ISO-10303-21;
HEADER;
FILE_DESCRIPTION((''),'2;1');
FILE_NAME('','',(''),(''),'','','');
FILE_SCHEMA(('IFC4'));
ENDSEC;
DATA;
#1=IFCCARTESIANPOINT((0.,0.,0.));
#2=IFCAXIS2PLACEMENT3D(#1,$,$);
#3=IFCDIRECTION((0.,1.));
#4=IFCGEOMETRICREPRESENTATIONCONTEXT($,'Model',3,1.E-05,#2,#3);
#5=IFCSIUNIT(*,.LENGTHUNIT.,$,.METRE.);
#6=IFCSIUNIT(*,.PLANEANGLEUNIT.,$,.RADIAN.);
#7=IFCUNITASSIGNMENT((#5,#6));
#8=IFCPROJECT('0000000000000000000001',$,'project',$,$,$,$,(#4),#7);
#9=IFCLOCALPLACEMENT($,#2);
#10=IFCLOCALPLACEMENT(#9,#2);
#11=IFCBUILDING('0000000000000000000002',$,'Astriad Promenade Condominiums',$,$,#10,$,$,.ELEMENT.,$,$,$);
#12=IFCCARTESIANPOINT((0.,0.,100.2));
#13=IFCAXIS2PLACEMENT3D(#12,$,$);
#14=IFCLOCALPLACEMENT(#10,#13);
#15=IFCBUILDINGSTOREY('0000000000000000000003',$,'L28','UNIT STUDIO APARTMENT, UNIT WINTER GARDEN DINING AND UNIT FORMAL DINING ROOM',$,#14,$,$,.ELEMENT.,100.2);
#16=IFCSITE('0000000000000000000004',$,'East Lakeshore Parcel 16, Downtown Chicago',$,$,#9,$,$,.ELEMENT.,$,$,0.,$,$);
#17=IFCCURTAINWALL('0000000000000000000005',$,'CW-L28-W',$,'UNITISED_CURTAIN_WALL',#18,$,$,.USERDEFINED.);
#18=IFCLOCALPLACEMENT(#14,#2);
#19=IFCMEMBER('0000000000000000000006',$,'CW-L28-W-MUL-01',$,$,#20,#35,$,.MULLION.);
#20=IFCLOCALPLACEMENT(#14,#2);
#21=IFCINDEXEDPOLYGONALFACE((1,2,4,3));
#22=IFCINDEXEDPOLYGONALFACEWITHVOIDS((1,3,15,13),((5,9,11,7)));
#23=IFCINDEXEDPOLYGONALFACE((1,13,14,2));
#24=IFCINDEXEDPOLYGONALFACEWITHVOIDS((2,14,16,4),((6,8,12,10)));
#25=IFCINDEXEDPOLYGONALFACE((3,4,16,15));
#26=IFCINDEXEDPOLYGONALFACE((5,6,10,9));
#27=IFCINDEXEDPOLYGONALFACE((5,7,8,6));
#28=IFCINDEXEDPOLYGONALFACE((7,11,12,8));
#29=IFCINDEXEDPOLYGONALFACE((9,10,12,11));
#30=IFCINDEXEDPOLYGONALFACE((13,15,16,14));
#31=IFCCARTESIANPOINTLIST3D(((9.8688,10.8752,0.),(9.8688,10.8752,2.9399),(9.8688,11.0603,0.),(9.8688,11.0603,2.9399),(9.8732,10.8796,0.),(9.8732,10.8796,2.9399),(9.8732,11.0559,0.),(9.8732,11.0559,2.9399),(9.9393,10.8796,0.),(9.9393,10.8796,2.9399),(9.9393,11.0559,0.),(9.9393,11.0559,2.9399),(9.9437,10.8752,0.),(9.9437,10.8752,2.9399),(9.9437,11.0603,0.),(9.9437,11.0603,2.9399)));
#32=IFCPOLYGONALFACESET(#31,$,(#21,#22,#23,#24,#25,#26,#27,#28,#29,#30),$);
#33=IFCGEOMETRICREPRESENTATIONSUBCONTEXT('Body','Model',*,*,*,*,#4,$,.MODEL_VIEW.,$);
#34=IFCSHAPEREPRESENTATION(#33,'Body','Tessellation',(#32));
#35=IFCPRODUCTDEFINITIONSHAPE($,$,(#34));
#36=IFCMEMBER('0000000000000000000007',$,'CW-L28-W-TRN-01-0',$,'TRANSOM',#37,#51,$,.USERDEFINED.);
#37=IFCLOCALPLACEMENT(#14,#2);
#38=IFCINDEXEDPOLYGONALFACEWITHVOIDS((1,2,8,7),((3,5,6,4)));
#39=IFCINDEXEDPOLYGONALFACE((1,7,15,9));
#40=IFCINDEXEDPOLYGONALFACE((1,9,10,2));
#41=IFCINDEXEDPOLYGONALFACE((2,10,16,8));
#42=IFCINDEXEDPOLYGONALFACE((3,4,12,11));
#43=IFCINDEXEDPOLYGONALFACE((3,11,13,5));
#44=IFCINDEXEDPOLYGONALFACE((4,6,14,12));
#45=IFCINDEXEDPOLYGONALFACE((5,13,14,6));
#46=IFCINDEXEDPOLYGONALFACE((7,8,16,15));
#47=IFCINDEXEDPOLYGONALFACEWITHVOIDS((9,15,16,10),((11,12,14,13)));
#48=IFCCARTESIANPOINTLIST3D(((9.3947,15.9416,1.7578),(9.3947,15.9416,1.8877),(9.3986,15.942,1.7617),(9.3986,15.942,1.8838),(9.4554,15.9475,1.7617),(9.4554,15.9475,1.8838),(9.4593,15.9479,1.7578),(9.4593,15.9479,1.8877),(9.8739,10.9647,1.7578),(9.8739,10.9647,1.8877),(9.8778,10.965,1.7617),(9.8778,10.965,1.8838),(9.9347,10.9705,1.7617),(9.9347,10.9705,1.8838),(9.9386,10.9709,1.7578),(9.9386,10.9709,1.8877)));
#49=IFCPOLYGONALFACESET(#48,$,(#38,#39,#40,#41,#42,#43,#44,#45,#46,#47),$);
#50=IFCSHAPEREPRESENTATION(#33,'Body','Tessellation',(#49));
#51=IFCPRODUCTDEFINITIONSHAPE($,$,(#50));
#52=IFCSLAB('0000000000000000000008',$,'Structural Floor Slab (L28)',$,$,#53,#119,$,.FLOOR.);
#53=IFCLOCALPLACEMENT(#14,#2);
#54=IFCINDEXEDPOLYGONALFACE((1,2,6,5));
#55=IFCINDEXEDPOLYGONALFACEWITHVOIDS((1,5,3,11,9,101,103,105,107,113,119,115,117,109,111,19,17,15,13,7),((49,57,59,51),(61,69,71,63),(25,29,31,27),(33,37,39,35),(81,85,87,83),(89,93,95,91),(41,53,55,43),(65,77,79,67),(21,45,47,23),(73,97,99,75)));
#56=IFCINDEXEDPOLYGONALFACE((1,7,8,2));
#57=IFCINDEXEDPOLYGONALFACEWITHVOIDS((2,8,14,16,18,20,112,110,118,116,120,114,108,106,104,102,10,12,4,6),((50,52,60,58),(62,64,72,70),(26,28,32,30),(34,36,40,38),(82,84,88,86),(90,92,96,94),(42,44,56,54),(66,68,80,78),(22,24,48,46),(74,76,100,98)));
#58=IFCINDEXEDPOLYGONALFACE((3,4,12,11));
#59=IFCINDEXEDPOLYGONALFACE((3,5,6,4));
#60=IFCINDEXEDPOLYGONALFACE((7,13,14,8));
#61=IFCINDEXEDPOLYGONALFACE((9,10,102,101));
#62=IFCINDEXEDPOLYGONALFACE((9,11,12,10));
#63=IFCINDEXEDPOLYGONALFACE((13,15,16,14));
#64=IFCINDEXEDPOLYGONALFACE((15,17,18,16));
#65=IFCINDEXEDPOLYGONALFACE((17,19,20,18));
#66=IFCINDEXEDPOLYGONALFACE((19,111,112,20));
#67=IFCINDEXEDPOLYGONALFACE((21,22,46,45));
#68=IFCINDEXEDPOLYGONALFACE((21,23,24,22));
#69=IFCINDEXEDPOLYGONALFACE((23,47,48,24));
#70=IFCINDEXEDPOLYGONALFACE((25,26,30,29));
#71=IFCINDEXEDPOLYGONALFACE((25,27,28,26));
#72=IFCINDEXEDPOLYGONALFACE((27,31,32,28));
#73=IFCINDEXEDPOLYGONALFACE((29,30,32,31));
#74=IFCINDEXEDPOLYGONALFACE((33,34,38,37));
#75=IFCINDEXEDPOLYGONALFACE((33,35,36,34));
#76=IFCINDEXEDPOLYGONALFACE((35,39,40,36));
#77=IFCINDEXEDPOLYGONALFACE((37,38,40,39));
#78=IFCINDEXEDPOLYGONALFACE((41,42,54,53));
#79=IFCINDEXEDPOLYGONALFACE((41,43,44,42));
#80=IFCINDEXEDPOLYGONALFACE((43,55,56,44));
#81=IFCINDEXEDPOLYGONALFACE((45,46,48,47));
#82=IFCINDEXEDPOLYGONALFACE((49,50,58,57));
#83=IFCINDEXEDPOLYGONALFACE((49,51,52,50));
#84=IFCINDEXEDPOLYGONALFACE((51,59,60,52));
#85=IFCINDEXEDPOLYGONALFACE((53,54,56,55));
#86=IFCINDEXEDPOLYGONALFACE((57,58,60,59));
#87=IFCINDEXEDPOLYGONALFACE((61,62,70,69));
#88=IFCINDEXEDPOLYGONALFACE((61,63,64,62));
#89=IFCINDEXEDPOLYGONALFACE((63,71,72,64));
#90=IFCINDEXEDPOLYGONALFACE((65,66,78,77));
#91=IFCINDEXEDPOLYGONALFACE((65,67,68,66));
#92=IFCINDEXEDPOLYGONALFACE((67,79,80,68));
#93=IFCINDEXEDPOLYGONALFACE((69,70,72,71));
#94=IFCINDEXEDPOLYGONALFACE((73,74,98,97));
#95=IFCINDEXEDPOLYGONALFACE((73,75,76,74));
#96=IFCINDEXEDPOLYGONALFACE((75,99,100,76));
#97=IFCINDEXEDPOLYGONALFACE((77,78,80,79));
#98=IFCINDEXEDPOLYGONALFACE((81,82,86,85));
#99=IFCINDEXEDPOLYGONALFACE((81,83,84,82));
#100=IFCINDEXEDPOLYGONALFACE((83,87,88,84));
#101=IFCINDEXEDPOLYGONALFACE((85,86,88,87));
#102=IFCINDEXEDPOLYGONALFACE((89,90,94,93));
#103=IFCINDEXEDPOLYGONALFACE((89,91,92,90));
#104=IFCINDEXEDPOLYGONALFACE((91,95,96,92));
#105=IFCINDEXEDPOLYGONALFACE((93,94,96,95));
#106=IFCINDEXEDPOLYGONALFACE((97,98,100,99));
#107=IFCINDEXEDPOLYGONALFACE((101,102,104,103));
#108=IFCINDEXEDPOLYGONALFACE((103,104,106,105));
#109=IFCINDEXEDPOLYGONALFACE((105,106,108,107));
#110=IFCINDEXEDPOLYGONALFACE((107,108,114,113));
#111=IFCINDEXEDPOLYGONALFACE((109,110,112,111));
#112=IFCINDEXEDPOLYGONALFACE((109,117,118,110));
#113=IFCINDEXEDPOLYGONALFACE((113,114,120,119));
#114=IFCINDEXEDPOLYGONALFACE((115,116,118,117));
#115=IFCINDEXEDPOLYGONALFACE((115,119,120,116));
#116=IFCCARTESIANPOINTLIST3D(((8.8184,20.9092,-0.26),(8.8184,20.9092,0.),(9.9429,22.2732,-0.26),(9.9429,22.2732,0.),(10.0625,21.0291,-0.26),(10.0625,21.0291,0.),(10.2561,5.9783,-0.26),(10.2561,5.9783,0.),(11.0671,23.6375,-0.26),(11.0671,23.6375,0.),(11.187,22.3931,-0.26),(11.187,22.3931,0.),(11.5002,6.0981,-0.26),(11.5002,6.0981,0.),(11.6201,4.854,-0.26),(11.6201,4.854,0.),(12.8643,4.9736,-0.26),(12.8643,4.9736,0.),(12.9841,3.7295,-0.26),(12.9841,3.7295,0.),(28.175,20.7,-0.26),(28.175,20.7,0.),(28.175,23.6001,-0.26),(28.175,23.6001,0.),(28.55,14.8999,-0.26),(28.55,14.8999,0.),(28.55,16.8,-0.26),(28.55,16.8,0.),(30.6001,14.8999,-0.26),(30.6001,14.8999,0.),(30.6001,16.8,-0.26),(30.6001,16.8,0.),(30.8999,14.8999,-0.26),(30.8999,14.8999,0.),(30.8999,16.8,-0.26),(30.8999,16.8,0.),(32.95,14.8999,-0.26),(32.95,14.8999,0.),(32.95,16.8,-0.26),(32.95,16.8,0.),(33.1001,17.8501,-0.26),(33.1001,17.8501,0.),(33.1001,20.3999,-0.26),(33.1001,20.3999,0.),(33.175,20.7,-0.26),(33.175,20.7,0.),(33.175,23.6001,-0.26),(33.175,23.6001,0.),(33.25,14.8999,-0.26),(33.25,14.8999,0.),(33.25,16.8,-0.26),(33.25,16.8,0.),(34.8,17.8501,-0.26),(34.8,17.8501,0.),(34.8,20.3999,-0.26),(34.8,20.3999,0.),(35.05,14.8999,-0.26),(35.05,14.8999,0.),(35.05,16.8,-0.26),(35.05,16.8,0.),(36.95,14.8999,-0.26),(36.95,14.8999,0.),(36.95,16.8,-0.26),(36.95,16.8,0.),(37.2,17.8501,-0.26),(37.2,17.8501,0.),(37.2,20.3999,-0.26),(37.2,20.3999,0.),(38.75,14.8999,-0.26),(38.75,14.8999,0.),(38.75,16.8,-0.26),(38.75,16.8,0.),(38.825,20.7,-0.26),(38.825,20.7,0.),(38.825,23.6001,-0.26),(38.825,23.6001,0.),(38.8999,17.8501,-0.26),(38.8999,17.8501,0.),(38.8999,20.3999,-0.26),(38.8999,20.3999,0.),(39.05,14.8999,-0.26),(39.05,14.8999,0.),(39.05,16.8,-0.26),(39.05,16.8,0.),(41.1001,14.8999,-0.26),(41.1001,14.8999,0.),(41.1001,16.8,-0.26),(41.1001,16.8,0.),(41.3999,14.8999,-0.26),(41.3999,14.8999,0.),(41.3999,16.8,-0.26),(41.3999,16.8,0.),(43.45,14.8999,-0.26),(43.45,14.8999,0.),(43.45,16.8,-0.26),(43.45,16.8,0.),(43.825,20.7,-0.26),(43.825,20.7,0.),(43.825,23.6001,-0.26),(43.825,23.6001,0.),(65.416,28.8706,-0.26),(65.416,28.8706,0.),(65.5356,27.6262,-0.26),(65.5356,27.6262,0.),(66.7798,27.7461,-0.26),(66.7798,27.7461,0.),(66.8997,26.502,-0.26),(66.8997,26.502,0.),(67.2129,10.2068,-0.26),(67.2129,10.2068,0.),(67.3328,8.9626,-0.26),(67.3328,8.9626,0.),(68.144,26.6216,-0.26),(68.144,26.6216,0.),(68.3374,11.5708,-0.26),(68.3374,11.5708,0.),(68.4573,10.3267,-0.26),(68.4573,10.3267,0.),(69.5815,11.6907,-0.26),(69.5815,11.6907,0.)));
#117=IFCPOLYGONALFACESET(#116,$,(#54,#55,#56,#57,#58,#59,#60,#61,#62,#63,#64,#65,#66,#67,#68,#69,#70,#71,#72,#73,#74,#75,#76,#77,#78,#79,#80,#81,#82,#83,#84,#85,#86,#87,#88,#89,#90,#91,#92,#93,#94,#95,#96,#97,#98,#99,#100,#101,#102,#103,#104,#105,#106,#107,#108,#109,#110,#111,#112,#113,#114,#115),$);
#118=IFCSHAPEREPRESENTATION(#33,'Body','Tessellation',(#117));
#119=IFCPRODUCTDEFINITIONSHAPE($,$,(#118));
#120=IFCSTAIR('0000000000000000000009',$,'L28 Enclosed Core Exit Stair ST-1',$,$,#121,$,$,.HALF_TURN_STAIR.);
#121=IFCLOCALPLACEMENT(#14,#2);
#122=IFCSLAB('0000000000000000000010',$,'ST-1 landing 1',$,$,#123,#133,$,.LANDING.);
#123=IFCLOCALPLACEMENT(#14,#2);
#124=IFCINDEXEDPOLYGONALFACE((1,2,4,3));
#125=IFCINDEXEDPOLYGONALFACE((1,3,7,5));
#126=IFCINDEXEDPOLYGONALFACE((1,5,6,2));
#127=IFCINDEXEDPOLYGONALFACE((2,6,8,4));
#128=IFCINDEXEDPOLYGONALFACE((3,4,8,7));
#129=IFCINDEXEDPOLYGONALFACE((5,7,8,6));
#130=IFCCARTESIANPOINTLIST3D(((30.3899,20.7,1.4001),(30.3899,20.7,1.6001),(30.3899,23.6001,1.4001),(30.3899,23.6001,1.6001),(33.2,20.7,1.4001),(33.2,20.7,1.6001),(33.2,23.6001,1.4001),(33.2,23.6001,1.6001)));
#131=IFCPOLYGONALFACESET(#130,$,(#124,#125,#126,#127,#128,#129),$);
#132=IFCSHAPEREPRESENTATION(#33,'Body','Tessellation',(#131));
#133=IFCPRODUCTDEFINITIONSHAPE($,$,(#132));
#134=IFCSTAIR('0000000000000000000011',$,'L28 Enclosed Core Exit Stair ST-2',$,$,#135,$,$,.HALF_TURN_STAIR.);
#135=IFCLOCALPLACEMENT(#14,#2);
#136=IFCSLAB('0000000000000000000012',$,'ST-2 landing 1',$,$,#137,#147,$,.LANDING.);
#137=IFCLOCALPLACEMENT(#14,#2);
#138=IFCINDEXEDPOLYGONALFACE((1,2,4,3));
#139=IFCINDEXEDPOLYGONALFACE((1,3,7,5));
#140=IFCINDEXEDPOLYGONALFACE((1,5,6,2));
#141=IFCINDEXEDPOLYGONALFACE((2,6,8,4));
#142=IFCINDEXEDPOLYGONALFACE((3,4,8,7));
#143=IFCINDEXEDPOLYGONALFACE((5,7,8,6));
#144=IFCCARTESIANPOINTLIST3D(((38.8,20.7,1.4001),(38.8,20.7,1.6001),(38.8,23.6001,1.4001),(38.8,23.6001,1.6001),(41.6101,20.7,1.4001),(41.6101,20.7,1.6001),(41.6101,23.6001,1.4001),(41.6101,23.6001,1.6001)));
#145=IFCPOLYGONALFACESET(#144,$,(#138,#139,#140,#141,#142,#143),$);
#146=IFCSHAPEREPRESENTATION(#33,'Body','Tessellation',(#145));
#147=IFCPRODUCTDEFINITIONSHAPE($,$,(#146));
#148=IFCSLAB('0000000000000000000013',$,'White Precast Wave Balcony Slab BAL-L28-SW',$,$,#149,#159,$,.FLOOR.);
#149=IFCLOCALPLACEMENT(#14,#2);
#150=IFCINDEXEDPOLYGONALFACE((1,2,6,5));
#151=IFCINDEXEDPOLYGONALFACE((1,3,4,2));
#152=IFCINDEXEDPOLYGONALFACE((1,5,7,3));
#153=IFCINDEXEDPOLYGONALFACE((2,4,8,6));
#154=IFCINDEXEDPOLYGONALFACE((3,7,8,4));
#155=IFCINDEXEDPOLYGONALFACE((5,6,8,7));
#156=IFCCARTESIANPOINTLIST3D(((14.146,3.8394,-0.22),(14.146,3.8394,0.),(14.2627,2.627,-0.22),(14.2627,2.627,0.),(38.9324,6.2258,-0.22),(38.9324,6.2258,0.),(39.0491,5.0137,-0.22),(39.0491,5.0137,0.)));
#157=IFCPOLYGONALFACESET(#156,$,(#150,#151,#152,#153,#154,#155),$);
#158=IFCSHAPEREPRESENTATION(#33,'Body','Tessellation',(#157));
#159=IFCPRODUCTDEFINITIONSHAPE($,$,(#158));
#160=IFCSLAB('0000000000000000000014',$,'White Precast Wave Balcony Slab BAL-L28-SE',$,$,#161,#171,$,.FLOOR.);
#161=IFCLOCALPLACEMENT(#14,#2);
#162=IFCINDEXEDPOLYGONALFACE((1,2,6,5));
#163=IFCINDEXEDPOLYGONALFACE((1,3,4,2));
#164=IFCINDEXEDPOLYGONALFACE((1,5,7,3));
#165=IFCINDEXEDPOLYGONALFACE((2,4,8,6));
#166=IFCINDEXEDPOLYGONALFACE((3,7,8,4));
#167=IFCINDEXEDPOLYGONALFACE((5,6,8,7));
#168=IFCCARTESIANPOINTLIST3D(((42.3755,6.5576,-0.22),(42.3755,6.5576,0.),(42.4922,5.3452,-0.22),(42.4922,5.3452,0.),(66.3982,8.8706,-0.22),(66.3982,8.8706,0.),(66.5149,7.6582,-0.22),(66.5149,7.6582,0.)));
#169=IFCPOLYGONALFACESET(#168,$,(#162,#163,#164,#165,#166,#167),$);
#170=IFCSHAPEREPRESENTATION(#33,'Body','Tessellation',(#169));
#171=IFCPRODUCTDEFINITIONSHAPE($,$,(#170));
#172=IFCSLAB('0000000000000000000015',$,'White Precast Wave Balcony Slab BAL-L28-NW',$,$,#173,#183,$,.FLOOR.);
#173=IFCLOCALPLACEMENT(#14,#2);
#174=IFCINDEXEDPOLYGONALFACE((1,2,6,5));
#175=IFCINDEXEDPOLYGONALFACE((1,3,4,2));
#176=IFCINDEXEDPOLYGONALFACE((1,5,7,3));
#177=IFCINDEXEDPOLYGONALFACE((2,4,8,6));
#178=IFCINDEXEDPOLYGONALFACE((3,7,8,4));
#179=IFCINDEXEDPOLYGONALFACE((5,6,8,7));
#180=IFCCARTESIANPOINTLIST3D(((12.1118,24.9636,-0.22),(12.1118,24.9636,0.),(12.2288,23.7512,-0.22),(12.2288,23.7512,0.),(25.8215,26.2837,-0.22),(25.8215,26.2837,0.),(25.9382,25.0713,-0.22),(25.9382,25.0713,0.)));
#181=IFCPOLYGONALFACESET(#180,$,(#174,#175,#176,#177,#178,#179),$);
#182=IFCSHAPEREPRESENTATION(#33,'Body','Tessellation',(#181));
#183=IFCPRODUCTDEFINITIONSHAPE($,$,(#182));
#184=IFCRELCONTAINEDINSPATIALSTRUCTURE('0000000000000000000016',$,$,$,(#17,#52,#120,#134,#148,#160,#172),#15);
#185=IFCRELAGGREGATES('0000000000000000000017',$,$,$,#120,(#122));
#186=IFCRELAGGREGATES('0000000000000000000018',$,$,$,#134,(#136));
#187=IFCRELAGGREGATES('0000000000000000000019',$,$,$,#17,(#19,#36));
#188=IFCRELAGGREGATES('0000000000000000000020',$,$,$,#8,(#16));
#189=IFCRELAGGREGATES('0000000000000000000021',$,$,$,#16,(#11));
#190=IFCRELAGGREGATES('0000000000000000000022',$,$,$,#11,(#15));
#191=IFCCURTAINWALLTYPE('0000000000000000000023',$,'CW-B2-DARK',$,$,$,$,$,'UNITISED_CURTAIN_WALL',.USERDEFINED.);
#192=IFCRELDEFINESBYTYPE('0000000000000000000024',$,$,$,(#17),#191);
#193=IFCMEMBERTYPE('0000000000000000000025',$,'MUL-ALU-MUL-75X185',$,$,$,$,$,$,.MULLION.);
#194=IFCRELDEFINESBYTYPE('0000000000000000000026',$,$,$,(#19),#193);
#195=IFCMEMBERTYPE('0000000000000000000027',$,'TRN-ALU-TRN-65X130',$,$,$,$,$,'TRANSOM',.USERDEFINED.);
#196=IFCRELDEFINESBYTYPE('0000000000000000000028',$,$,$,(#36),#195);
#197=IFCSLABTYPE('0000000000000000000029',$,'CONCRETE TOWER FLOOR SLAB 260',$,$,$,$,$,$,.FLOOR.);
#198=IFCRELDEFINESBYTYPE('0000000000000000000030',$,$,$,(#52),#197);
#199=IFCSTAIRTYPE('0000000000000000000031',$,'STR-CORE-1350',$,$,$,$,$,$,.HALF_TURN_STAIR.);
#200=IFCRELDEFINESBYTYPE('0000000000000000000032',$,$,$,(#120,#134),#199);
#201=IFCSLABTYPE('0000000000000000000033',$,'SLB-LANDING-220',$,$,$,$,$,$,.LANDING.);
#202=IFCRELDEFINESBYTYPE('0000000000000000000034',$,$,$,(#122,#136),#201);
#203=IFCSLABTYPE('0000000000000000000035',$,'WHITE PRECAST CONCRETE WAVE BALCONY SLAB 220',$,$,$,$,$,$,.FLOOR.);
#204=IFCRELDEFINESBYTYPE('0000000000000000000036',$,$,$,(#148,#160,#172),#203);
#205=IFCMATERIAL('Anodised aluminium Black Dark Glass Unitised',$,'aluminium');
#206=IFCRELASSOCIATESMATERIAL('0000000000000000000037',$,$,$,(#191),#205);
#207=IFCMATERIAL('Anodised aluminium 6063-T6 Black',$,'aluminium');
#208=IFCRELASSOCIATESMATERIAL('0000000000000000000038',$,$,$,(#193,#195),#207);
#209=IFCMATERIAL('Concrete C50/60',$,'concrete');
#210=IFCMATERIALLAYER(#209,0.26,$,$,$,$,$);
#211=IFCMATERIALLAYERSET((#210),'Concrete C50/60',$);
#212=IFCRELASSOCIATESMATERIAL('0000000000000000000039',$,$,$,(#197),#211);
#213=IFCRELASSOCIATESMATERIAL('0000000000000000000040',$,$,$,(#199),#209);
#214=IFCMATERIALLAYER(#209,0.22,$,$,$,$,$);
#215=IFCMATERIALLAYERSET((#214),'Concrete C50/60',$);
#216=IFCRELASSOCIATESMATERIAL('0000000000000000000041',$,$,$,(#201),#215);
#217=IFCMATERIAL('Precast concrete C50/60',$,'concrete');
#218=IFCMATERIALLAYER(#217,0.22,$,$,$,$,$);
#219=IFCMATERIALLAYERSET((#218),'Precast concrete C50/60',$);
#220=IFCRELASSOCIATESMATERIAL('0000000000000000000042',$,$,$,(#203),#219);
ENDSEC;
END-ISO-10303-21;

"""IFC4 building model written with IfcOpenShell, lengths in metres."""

from ifc_helpers import new_model, si_unit, direction, frame, origin, origin_2d, place, context, subcontext, project, spatial, polyline, hollow_rectangle, outline, extrude, source, transform, mapped, material, layer, layer_set, material_profile, profile_set, type_object, type_shapes, element, aggregate, save


model = new_model("IFC4")

# Units and contexts
model_context = context("Model", 3, precision=1e-05, world=origin(), true_north=direction((0.0, 1.0)))
body_context = subcontext(model_context, "Body", "Model", "MODEL_VIEW")
ifc_project = project(units=[si_unit("LENGTHUNIT", "METRE"), si_unit("PLANEANGLEUNIT", "RADIAN")], contexts=[model_context])

# Site, building, storey
site_placement = place(None, origin())
site = spatial("IfcSite", under=ifc_project, at=site_placement, Name="East Lakeshore Parcel 16, Downtown Chicago", CompositionType="ELEMENT", RefElevation=0.0)
building_placement = place(site_placement, origin())
building = spatial("IfcBuilding", under=site, at=building_placement, Name="Astriad Promenade Condominiums", CompositionType="ELEMENT")
storey_placement = place(building_placement, frame((0.0, 0.0, 100.2)))
storey = spatial("IfcBuildingStorey", under=building, at=storey_placement, Name="L28", Description="UNIT STUDIO APARTMENT, UNIT WINTER GARDEN DINING AND UNIT FORMAL DINING ROOM", CompositionType="ELEMENT", Elevation=100.2)

# Curtain wall, members
ifc_material_1 = material(Name="Anodised aluminium Black Dark Glass Unitised", Category="aluminium")
curtain_wall_type = type_object("IfcCurtainWallType", Name="CW-B2-DARK", ElementType="UNITISED_CURTAIN_WALL", PredefinedType="USERDEFINED", material=ifc_material_1)
curtain_wall_placement = place(storey_placement, origin())
curtain_wall = element("IfcCurtainWall", 1, at=curtain_wall_placement, inside=storey, type_object=curtain_wall_type, Name="CW-L28-W", ObjectType="UNITISED_CURTAIN_WALL", PredefinedType="USERDEFINED")
ifc_material_2 = material(Name="Anodised aluminium 6063-T6 Black", Category="aluminium")
ifc_material_profile_1 = material_profile(ifc_material_2, hollow_rectangle(XDim=0.075, YDim=0.1851, WallThickness=0.0044, at=origin_2d()), Name="ALU-MUL-75X185")
ifc_profile_set_1 = profile_set([ifc_material_profile_1], Name="Anodised aluminium 6063-T6 Black")
member_type_1 = type_object("IfcMemberType", Name="MUL-ALU-MUL-75X185", PredefinedType="MULLION", material=ifc_profile_set_1)
shared_shape_1 = source(origin(), body_context, "Body", "SweptSolid", [
    extrude(hollow_rectangle(XDim=0.075, YDim=0.1851, WallThickness=0.0044, at=origin_2d()), origin(), (0.0, 0.0, 1.0), 2.9399),
])
type_shapes(member_type_1, [shared_shape_1])
member_1_placement = place(storey_placement, frame((9.9062, 10.9678, 0.0), z_axis=(0.0, 0.0, 1.0), x_axis=(1.0, 0.0, 0.0)))
member_1 = element("IfcMember", 2, at=member_1_placement, type_object=member_type_1, Name="CW-L28-W-MUL-01", PredefinedType="MULLION", context=body_context, shape_type="MappedRepresentation", body=[
    mapped(shared_shape_1, transform((0.0, 0.0, 0.0), scale=1.0)),
])
ifc_material_profile_2 = material_profile(ifc_material_2, hollow_rectangle(XDim=0.0649, YDim=0.1299, WallThickness=0.0039, at=origin_2d()), Name="ALU-TRN-65X130")
ifc_profile_set_2 = profile_set([ifc_material_profile_2], Name="Anodised aluminium 6063-T6 Black")
member_type_2 = type_object("IfcMemberType", Name="TRN-ALU-TRN-65X130", ElementType="TRANSOM", PredefinedType="USERDEFINED", material=ifc_profile_set_2)
shared_shape_2 = source(origin(), body_context, "Body", "SweptSolid", [
    extrude(hollow_rectangle(XDim=0.0649, YDim=0.1299, WallThickness=0.0039, at=origin_2d()), origin(), (0.0, 0.0, 1.0), 5.0),
])
type_shapes(member_type_2, [shared_shape_2])
member_2_placement = place(storey_placement, frame((9.9062, 10.9678, 1.8228), z_axis=(-0.095848, 0.995396, 0.0), x_axis=(-0.995396, -0.095848, 0.0)))
member_2 = element("IfcMember", 3, at=member_2_placement, type_object=member_type_2, Name="CW-L28-W-TRN-01-0", ObjectType="TRANSOM", PredefinedType="USERDEFINED", context=body_context, shape_type="MappedRepresentation", body=[
    mapped(shared_shape_2, transform((0.0, 0.0, 0.0), scale=1.0)),
])

# Slab
ifc_material_3 = material(Name="Concrete C50/60", Category="concrete")
ifc_layer_1 = layer(ifc_material_3, 0.26)
ifc_layer_set_1 = layer_set([ifc_layer_1], Name="Concrete C50/60")
slab_type_1 = type_object("IfcSlabType", Name="CONCRETE TOWER FLOOR SLAB 260", PredefinedType="FLOOR", material=ifc_layer_set_1)
slab_1_placement = place(storey_placement, frame((0.0, 0.0, -0.26)))
element("IfcSlab", 4, at=slab_1_placement, inside=storey, type_object=slab_type_1, Name="Structural Floor Slab (L28)", PredefinedType="FLOOR", context=body_context, shape_type="SweptSolid", body=[
    extrude(outline(polyline([(12.9841, 3.7295), (67.3328, 8.9626), (67.2129, 10.2068), (68.4573, 10.3267), (68.3374, 11.5708), (69.5815, 11.6907), (68.144, 26.6216), (66.8997, 26.502), (66.7798, 27.7461), (65.5356, 27.6262), (65.416, 28.8706), (11.0671, 23.6375), (11.187, 22.3931), (9.9429, 22.2732), (10.0625, 21.0291), (8.8184, 20.9092), (10.2561, 5.9783), (11.5002, 6.0981), (11.6201, 4.854), (12.8643, 4.9736), (12.9841, 3.7295)]), holes=[polyline([(28.175, 20.7), (33.175, 20.7), (33.175, 23.6001), (28.175, 23.6001), (28.175, 20.7)]), polyline([(38.825, 20.7), (43.825, 20.7), (43.825, 23.6001), (38.825, 23.6001), (38.825, 20.7)]), polyline([(33.1001, 17.8501), (34.8, 17.8501), (34.8, 20.3999), (33.1001, 20.3999), (33.1001, 17.8501)]), polyline([(37.2, 17.8501), (38.8999, 17.8501), (38.8999, 20.3999), (37.2, 20.3999), (37.2, 17.8501)]), polyline([(28.55, 14.8999), (30.6001, 14.8999), (30.6001, 16.8), (28.55, 16.8), (28.55, 14.8999)]), polyline([(30.8999, 14.8999), (32.95, 14.8999), (32.95, 16.8), (30.8999, 16.8), (30.8999, 14.8999)]), polyline([(33.25, 14.8999), (35.05, 14.8999), (35.05, 16.8), (33.25, 16.8), (33.25, 14.8999)]), polyline([(36.95, 14.8999), (38.75, 14.8999), (38.75, 16.8), (36.95, 16.8), (36.95, 14.8999)]), polyline([(39.05, 14.8999), (41.1001, 14.8999), (41.1001, 16.8), (39.05, 16.8), (39.05, 14.8999)]), polyline([(41.3999, 14.8999), (43.45, 14.8999), (43.45, 16.8), (41.3999, 16.8), (41.3999, 14.8999)])]), origin(), (0.0, 0.0, 1.0), 0.26),
])

# Stairs, slabs
stair_type = type_object("IfcStairType", Name="STR-CORE-1350", PredefinedType="HALF_TURN_STAIR", material=ifc_material_3)
stair_1_placement = place(storey_placement, origin())
stair_1 = element("IfcStair", 5, at=stair_1_placement, inside=storey, type_object=stair_type, Name="L28 Enclosed Core Exit Stair ST-1", PredefinedType="HALF_TURN_STAIR")
ifc_layer_2 = layer(ifc_material_3, 0.22)
ifc_layer_set_2 = layer_set([ifc_layer_2], Name="Concrete C50/60")
slab_type_2 = type_object("IfcSlabType", Name="SLB-LANDING-220", PredefinedType="LANDING", material=ifc_layer_set_2)
slab_2_placement = place(storey_placement, frame((0.0, 0.0, 1.4001)))
slab_2 = element("IfcSlab", 6, at=slab_2_placement, type_object=slab_type_2, Name="ST-1 landing 1", PredefinedType="LANDING", context=body_context, shape_type="SweptSolid", body=[
    extrude(outline(polyline([(30.3899, 20.7), (33.2, 20.7), (33.2, 23.6001), (30.3899, 23.6001), (30.3899, 20.7)])), origin(), (0.0, 0.0, 1.0), 0.2),
])
aggregate(stair_1, [slab_2])
stair_2_placement = place(storey_placement, origin())
stair_2 = element("IfcStair", 7, at=stair_2_placement, inside=storey, type_object=stair_type, Name="L28 Enclosed Core Exit Stair ST-2", PredefinedType="HALF_TURN_STAIR")
slab_3_placement = place(storey_placement, frame((0.0, 0.0, 1.4001)))
slab_3 = element("IfcSlab", 8, at=slab_3_placement, type_object=slab_type_2, Name="ST-2 landing 1", PredefinedType="LANDING", context=body_context, shape_type="SweptSolid", body=[
    extrude(outline(polyline([(41.6101, 23.6001), (38.8, 23.6001), (38.8, 20.7), (41.6101, 20.7), (41.6101, 23.6001)])), origin(), (0.0, 0.0, 1.0), 0.2),
])
aggregate(stair_2, [slab_3])

# Slabs
ifc_material_4 = material(Name="Precast concrete C50/60", Category="concrete")
ifc_layer_3 = layer(ifc_material_4, 0.22)
ifc_layer_set_3 = layer_set([ifc_layer_3], Name="Precast concrete C50/60")
slab_type_3 = type_object("IfcSlabType", Name="WHITE PRECAST CONCRETE WAVE BALCONY SLAB 220", PredefinedType="FLOOR", material=ifc_layer_set_3)
slab_4_placement = place(storey_placement, frame((0.0, 0.0, -0.22)))
element("IfcSlab", 9, at=slab_4_placement, inside=storey, type_object=slab_type_3, Name="White Precast Wave Balcony Slab BAL-L28-SW", PredefinedType="FLOOR", context=body_context, shape_type="SweptSolid", body=[
    extrude(outline(polyline([(39.0491, 5.0137), (14.2627, 2.627), (14.146, 3.8394), (38.9324, 6.2258), (39.0491, 5.0137)])), origin(), (0.0, 0.0, 1.0), 0.22),
])
slab_5_placement = place(storey_placement, frame((0.0, 0.0, -0.22)))
element("IfcSlab", 10, at=slab_5_placement, inside=storey, type_object=slab_type_3, Name="White Precast Wave Balcony Slab BAL-L28-SE", PredefinedType="FLOOR", context=body_context, shape_type="SweptSolid", body=[
    extrude(outline(polyline([(66.5149, 7.6582), (42.4922, 5.3452), (42.3755, 6.5576), (66.3982, 8.8706), (66.5149, 7.6582)])), origin(), (0.0, 0.0, 1.0), 0.22),
])
slab_6_placement = place(storey_placement, frame((0.0, 0.0, -0.22)))
element("IfcSlab", 11, at=slab_6_placement, inside=storey, type_object=slab_type_3, Name="White Precast Wave Balcony Slab BAL-L28-NW", PredefinedType="FLOOR", context=body_context, shape_type="SweptSolid", body=[
    extrude(outline(polyline([(12.1118, 24.9636), (25.8215, 26.2837), (25.9382, 25.0713), (12.2288, 23.7512), (12.1118, 24.9636)])), origin(), (0.0, 0.0, 1.0), 0.22),
])

aggregate(curtain_wall, [member_1, member_2])

save(model, "model.ifc")
